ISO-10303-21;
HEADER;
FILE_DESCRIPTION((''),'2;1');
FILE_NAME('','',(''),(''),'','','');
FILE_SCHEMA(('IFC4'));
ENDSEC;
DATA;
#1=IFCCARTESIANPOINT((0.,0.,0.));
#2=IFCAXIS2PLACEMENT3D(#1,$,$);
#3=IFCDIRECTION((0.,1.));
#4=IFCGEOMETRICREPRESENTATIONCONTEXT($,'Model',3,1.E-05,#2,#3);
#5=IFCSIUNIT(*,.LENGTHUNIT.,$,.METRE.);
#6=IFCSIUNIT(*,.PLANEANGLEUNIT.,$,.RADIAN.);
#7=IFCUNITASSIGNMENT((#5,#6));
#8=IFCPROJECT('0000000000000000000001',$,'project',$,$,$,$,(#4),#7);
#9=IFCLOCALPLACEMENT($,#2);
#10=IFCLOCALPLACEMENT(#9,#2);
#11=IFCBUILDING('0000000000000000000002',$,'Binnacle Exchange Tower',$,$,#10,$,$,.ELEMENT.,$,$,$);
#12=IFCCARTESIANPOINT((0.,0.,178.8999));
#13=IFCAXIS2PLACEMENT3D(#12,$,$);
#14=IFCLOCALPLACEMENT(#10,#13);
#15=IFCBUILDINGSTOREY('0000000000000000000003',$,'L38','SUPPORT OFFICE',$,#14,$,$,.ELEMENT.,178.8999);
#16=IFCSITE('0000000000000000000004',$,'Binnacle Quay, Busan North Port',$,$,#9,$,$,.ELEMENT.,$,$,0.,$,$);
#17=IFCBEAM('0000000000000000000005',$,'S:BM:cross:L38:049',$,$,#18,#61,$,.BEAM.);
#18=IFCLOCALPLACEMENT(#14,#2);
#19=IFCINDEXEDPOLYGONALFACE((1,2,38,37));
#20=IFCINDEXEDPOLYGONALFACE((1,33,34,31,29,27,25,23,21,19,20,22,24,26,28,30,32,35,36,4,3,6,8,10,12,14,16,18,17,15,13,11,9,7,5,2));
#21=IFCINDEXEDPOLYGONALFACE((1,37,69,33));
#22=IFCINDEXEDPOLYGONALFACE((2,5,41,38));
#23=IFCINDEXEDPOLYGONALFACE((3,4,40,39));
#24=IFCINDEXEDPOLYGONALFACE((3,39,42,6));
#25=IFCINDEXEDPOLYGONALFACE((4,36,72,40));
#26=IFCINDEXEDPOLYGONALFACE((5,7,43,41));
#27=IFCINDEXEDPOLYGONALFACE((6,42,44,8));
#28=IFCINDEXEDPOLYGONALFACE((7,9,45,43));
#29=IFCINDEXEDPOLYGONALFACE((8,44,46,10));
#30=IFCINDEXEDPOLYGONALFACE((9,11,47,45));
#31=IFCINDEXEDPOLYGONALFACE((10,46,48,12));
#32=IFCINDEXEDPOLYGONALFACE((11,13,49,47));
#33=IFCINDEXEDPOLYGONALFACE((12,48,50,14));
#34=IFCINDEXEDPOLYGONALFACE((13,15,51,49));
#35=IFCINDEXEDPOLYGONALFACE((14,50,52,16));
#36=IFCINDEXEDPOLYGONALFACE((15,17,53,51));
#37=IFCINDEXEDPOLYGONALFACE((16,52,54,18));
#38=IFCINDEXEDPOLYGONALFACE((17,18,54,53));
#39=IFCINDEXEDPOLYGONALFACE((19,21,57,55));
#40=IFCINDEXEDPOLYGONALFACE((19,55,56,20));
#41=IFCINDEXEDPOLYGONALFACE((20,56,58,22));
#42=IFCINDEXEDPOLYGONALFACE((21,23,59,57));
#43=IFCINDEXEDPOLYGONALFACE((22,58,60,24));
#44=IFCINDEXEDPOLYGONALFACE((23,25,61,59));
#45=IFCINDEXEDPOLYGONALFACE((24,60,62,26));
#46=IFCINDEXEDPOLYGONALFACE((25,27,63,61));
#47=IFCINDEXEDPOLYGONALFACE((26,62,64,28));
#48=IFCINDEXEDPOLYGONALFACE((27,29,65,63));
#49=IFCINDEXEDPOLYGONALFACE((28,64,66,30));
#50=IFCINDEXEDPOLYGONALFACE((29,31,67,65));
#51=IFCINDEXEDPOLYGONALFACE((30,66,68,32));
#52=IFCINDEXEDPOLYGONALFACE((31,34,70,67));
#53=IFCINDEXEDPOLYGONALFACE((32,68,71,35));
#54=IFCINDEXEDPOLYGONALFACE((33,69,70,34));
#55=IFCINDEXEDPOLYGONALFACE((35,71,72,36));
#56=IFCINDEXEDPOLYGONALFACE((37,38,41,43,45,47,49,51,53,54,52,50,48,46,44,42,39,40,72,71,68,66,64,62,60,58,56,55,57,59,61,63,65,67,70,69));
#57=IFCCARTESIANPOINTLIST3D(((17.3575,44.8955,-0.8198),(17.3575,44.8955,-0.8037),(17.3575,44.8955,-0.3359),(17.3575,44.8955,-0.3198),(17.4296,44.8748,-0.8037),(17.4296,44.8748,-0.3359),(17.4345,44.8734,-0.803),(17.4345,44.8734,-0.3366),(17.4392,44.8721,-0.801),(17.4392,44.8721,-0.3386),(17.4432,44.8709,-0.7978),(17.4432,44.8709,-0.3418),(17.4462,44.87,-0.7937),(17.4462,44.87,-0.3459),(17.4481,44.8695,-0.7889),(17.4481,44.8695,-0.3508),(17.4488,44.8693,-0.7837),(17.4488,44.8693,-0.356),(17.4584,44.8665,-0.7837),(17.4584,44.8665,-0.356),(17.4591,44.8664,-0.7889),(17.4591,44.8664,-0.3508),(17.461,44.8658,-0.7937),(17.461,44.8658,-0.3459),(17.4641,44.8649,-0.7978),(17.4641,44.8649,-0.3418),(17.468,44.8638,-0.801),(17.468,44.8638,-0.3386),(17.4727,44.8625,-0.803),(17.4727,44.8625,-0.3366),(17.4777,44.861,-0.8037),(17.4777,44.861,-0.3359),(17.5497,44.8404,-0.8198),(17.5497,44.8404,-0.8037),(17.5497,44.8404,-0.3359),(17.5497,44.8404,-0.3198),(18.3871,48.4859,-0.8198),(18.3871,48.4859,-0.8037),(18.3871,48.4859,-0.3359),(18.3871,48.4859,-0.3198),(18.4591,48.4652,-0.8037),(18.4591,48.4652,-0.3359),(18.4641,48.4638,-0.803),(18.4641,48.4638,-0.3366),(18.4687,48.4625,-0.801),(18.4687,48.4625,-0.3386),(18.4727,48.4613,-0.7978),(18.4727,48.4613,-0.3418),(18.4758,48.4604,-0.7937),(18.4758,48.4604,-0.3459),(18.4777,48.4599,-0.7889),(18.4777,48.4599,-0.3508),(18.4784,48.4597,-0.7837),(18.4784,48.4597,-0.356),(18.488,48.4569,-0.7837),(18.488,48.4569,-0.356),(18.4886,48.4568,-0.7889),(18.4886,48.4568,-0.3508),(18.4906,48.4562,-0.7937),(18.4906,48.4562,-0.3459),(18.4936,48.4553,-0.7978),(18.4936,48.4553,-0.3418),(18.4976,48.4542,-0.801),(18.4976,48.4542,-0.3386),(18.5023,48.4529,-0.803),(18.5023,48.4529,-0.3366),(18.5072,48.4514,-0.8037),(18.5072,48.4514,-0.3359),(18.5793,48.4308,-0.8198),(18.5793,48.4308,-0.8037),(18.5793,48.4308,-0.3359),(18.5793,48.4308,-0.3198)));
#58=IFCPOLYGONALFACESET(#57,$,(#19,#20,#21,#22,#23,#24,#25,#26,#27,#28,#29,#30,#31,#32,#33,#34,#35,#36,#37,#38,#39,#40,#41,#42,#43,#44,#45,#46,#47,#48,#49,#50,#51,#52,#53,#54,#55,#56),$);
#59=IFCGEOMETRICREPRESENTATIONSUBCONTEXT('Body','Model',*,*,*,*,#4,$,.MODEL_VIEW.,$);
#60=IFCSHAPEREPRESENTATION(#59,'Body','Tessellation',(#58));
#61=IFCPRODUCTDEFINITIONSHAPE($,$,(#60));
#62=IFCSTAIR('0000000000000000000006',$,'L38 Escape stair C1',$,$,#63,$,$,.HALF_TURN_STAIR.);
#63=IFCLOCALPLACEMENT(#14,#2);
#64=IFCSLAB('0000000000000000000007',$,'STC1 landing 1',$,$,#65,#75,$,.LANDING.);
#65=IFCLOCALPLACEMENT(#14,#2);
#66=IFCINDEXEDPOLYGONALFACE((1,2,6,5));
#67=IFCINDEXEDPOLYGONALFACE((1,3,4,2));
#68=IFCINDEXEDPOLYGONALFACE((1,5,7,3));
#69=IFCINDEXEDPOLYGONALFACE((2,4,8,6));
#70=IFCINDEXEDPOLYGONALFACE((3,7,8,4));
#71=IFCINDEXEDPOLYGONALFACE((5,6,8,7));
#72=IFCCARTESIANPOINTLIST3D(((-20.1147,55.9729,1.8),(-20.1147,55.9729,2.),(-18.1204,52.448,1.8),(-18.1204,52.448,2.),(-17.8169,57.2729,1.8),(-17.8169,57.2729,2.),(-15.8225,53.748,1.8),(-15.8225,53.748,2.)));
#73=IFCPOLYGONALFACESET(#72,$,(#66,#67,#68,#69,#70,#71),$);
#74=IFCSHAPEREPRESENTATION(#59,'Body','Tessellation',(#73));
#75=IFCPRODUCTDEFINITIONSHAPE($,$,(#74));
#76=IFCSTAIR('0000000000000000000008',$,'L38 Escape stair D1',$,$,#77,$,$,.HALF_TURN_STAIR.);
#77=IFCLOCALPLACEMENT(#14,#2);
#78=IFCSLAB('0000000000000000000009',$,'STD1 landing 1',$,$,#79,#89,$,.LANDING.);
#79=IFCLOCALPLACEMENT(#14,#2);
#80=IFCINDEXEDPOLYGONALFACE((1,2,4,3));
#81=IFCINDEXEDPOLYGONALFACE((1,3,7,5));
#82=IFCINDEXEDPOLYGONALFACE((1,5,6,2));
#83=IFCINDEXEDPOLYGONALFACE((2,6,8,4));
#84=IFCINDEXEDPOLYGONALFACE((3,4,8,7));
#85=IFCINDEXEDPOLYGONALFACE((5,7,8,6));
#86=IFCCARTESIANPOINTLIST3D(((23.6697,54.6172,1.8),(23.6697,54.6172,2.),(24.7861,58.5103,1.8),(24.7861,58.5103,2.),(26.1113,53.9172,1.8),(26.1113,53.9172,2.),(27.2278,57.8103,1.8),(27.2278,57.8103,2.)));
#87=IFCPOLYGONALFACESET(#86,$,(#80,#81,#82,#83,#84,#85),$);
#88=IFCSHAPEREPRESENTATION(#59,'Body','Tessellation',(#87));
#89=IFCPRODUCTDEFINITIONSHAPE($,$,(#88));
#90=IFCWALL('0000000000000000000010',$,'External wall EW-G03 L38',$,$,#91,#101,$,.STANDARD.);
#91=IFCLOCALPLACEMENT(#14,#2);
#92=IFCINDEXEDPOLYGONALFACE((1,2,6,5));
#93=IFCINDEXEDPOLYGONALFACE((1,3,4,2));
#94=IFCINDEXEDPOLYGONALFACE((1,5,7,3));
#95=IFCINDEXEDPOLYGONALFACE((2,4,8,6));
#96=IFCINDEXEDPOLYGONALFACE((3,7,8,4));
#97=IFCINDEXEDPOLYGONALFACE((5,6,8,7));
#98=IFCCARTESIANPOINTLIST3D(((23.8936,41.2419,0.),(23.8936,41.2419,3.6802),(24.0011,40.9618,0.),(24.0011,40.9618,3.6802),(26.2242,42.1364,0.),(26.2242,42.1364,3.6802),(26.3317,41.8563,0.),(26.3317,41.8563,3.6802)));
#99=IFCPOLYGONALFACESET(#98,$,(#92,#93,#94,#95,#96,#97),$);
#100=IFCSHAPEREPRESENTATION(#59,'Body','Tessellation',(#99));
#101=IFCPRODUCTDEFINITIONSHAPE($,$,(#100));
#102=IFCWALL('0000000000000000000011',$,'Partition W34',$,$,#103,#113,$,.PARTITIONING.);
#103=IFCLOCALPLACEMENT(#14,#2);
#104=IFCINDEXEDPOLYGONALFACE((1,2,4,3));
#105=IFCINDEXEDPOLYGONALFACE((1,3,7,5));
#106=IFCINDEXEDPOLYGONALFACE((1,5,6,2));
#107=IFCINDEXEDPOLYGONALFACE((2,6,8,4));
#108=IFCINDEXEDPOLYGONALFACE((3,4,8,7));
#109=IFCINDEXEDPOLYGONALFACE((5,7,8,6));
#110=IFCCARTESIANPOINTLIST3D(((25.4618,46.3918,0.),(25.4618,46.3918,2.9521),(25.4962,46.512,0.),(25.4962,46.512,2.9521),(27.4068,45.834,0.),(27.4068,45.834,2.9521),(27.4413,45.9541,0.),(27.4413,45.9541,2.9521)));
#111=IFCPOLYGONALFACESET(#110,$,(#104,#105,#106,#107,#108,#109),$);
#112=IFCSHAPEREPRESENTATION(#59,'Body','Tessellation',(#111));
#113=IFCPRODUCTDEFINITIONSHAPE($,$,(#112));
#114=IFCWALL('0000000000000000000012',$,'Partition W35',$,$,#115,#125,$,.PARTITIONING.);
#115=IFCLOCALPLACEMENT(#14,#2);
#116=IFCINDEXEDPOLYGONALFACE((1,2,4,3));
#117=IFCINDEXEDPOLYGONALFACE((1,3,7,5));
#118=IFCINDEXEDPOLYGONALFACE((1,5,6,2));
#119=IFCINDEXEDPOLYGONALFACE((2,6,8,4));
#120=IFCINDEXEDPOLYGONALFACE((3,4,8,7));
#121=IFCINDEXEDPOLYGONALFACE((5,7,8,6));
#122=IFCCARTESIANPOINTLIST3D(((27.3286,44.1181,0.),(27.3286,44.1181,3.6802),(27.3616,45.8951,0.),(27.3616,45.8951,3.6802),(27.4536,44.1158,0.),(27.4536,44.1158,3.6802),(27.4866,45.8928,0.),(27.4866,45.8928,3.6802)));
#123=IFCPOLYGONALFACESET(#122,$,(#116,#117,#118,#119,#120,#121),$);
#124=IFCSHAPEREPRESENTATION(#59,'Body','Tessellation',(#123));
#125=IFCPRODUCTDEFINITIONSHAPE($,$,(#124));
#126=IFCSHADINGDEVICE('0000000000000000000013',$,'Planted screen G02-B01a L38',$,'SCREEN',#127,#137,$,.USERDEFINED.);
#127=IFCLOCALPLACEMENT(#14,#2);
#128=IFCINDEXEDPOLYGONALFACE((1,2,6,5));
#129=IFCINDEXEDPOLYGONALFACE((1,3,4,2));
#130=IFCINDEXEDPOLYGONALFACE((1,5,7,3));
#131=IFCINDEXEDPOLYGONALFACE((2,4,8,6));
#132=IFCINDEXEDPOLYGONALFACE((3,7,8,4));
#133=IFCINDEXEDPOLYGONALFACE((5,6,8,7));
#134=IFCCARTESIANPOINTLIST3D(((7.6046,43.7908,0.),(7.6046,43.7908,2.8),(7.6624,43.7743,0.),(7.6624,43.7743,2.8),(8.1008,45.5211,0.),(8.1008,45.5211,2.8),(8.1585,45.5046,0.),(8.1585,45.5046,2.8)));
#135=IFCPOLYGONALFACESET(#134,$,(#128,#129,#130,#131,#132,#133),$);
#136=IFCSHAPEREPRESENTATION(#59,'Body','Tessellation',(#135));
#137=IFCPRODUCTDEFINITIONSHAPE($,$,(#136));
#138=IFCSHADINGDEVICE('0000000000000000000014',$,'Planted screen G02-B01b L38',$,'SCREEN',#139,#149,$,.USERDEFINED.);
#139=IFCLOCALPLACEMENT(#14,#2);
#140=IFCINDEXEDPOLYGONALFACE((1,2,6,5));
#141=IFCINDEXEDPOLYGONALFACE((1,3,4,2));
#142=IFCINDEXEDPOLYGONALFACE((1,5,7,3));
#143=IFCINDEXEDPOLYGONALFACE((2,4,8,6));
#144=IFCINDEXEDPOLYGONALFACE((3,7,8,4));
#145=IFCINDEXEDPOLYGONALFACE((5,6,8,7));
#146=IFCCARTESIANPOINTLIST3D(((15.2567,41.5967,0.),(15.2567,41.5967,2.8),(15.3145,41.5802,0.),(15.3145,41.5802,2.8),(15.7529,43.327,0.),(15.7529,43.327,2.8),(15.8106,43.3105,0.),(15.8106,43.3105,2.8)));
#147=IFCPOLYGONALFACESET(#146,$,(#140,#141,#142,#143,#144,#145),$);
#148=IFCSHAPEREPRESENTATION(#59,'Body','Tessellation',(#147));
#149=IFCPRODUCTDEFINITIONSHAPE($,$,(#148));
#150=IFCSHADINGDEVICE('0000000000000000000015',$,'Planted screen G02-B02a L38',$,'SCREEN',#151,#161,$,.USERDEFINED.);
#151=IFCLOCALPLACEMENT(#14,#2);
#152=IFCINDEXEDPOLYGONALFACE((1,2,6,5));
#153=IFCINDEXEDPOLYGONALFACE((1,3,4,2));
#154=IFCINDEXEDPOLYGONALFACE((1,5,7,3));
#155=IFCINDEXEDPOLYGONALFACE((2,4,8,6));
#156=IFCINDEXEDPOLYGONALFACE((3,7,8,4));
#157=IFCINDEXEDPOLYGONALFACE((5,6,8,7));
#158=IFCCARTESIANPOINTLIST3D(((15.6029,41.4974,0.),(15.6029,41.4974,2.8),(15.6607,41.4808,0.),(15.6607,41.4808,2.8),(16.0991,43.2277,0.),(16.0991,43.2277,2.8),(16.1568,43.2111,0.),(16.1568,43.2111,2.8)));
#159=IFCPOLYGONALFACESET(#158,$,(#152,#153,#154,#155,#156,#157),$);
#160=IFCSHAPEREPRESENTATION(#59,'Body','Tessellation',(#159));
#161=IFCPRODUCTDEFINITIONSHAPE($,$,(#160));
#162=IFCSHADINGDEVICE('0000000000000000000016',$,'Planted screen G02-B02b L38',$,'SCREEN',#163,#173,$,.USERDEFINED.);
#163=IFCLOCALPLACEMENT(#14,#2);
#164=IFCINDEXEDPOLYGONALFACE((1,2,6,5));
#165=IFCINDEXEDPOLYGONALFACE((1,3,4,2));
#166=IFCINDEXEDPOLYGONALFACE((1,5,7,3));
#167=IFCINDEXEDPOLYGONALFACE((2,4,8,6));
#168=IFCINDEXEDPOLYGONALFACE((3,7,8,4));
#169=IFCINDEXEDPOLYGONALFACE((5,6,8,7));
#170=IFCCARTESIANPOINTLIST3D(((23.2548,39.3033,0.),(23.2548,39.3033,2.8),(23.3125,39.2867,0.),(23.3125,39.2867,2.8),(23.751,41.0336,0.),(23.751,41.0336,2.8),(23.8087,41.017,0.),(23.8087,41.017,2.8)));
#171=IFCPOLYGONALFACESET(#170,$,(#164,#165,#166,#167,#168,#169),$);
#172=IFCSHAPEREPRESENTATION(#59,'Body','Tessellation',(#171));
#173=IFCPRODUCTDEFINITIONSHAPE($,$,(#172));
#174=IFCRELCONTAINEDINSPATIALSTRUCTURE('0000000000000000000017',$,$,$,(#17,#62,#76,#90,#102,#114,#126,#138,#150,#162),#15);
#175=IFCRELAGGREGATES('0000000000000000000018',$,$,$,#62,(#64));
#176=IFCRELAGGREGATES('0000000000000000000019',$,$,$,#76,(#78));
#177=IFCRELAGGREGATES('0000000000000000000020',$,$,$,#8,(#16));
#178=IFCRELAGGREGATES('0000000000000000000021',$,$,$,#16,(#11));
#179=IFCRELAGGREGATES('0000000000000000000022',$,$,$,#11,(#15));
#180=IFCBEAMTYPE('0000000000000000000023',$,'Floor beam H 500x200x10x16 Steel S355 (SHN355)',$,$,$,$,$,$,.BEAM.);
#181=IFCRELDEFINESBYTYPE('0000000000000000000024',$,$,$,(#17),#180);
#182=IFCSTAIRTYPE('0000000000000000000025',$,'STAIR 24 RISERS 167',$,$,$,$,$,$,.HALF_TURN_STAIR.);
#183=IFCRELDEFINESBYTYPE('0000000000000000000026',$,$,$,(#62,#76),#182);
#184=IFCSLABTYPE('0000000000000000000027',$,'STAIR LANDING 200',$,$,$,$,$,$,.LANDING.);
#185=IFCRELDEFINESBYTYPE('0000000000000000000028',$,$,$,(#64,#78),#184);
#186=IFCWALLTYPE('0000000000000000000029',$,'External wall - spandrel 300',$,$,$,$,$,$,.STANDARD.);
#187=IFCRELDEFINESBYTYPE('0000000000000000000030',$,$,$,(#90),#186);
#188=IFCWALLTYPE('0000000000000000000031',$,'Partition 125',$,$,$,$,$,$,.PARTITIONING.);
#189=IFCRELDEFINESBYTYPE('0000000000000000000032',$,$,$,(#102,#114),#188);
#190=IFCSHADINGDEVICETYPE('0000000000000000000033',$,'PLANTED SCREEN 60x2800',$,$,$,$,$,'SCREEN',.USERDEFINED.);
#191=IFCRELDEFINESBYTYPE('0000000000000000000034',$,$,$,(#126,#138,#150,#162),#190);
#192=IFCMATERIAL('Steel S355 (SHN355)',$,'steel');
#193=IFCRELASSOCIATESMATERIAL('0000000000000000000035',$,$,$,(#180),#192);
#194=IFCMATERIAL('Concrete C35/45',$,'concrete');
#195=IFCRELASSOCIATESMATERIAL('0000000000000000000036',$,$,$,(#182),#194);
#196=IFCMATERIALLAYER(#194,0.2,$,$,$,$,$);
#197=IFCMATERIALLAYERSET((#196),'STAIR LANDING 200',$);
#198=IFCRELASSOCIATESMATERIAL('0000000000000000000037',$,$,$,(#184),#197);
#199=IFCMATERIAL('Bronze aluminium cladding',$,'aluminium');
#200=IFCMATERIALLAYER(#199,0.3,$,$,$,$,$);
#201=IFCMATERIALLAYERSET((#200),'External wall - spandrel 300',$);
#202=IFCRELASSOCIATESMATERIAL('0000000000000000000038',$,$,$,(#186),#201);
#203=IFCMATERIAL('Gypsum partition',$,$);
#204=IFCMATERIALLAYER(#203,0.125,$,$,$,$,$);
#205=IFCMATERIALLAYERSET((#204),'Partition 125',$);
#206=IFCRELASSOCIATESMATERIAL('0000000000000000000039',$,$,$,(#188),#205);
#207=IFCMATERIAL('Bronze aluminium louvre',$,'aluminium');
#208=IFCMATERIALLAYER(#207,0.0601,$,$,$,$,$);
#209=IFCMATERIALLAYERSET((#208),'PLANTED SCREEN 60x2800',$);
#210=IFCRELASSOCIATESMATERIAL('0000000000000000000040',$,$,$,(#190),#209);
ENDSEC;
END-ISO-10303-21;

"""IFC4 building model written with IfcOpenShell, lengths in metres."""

from ifc_helpers import new_model, si_unit, direction, frame, frame_2d, origin, origin_2d, place, context, subcontext, project, spatial, polyline, rectangle, i_section, outline, extrude, material, layer, layer_set, material_profile, profile_set, type_object, element, aggregate, save


model = new_model("IFC4")

# Units and contexts
model_context = context("Model", 3, precision=1e-05, world=origin(), true_north=direction((0.0, 1.0)))
body_context = subcontext(model_context, "Body", "Model", "MODEL_VIEW")
ifc_project = project(units=[si_unit("LENGTHUNIT", "METRE"), si_unit("PLANEANGLEUNIT", "RADIAN")], contexts=[model_context])

# Site, building, storey
site_placement = place(None, origin())
site = spatial("IfcSite", under=ifc_project, at=site_placement, Name="Binnacle Quay, Busan North Port", CompositionType="ELEMENT", RefElevation=0.0)
building_placement = place(site_placement, origin())
building = spatial("IfcBuilding", under=site, at=building_placement, Name="Binnacle Exchange Tower", CompositionType="ELEMENT")
storey_placement = place(building_placement, frame((0.0, 0.0, 178.8999)))
storey = spatial("IfcBuildingStorey", under=building, at=storey_placement, Name="L38", Description="SUPPORT OFFICE", CompositionType="ELEMENT", Elevation=178.8999)

# Beam
ifc_material_1 = material(Name="Steel S355 (SHN355)", Category="steel")
ifc_material_profile_1 = material_profile(ifc_material_1, i_section(OverallWidth=0.2, OverallDepth=0.5, WebThickness=0.01, FlangeThickness=0.0161, FilletRadius=0.02, at=origin_2d()), Name="H 500x200x10x16")
ifc_profile_set_1 = profile_set([ifc_material_profile_1], Name="Steel S355 (SHN355)")
beam_type_1 = type_object("IfcBeamType", Name="Floor beam H 500x200x10x16 Steel S355 (SHN355)", PredefinedType="BEAM", material=ifc_profile_set_1)
beam_1_placement = place(storey_placement, frame((17.4536, 44.8679, -0.5698), z_axis=(0.275645, 0.96126, 0.0), x_axis=(-0.96126, 0.275645, 0.0)))
element("IfcBeam", 1, at=beam_1_placement, inside=storey, type_object=beam_type_1, Name="S:BM:cross:L38:049", PredefinedType="BEAM", context=body_context, shape_type="SweptSolid", body=[
    extrude(i_section(OverallWidth=0.2, OverallDepth=0.5, WebThickness=0.01, FlangeThickness=0.0161, FilletRadius=0.02, at=origin_2d()), origin(), (0.0, 0.0, 1.0), 3.7351),
])

# Stairs, slabs
ifc_material_2 = material(Name="Concrete C35/45", Category="concrete")
stair_type = type_object("IfcStairType", Name="STAIR 24 RISERS 167", PredefinedType="HALF_TURN_STAIR", material=ifc_material_2)
stair_1_placement = place(storey_placement, origin())
stair_1 = element("IfcStair", 2, at=stair_1_placement, inside=storey, type_object=stair_type, Name="L38 Escape stair C1", PredefinedType="HALF_TURN_STAIR")
ifc_layer_1 = layer(ifc_material_2, 0.2)
ifc_layer_set_1 = layer_set([ifc_layer_1], Name="STAIR LANDING 200")
slab_type = type_object("IfcSlabType", Name="STAIR LANDING 200", PredefinedType="LANDING", material=ifc_layer_set_1)
slab_1_placement = place(storey_placement, frame((0.0, 0.0, 1.8)))
slab_1 = element("IfcSlab", 3, at=slab_1_placement, type_object=slab_type, Name="STC1 landing 1", PredefinedType="LANDING", context=body_context, shape_type="SweptSolid", body=[
    extrude(outline(polyline([(-18.1204, 52.448), (-15.8225, 53.748), (-17.8169, 57.2729), (-20.1147, 55.9729), (-18.1204, 52.448)])), origin(), (0.0, 0.0, 1.0), 0.2),
])
aggregate(stair_1, [slab_1])
stair_2_placement = place(storey_placement, origin())
stair_2 = element("IfcStair", 4, at=stair_2_placement, inside=storey, type_object=stair_type, Name="L38 Escape stair D1", PredefinedType="HALF_TURN_STAIR")
slab_2_placement = place(storey_placement, frame((0.0, 0.0, 1.8)))
slab_2 = element("IfcSlab", 5, at=slab_2_placement, type_object=slab_type, Name="STD1 landing 1", PredefinedType="LANDING", context=body_context, shape_type="SweptSolid", body=[
    extrude(outline(polyline([(23.6697, 54.6172), (26.1113, 53.9172), (27.2278, 57.8103), (24.7861, 58.5103), (23.6697, 54.6172)])), origin(), (0.0, 0.0, 1.0), 0.2),
])
aggregate(stair_2, [slab_2])

# Shared definitions
ifc_material_3 = material(Name="Bronze aluminium cladding", Category="aluminium")
ifc_layer_2 = layer(ifc_material_3, 0.3)
ifc_layer_set_2 = layer_set([ifc_layer_2], Name="External wall - spandrel 300")
wall_type_1 = type_object("IfcWallType", Name="External wall - spandrel 300", PredefinedType="STANDARD", material=ifc_layer_set_2)

# Walls
wall_1_placement = place(storey_placement, frame((26.2778, 41.9963, 0.0), z_axis=(0.0, 0.0, 1.0), x_axis=(-0.933592, -0.358337, 0.0)))
element("IfcWall", 6, at=wall_1_placement, inside=storey, type_object=wall_type_1, Name="External wall EW-G03 L38", PredefinedType="STANDARD", context=body_context, shape_type="SweptSolid", body=[
    extrude(rectangle(XDim=2.4963, YDim=0.3, at=frame_2d((1.248, 0.0))), origin(), (0.0, 0.0, 1.0), 3.6802),
])
ifc_material_4 = material(Name="Gypsum partition")
ifc_layer_3 = layer(ifc_material_4, 0.125)
ifc_layer_set_3 = layer_set([ifc_layer_3], Name="Partition 125")
wall_type_2 = type_object("IfcWallType", Name="Partition 125", PredefinedType="PARTITIONING", material=ifc_layer_set_3)
wall_2_placement = place(storey_placement, frame((25.479, 46.4519, 0.0), z_axis=(0.0, 0.0, 1.0), x_axis=(0.961246, -0.275693, 0.0)))
element("IfcWall", 7, at=wall_2_placement, inside=storey, type_object=wall_type_2, Name="Partition W34", PredefinedType="PARTITIONING", context=body_context, shape_type="SweptSolid", body=[
    extrude(rectangle(XDim=2.0234, YDim=0.125, at=frame_2d((1.0117, 0.0))), origin(), (0.0, 0.0, 1.0), 2.9521),
])
wall_3_placement = place(storey_placement, frame((27.3911, 44.1169, 0.0), z_axis=(0.0, 0.0, 1.0), x_axis=(0.018543, 0.999828, 0.0)))
element("IfcWall", 8, at=wall_3_placement, inside=storey, type_object=wall_type_2, Name="Partition W35", PredefinedType="PARTITIONING", context=body_context, shape_type="SweptSolid", body=[
    extrude(rectangle(XDim=1.7773, YDim=0.125, at=frame_2d((0.8887, 0.0))), origin(), (0.0, 0.0, 1.0), 3.6802),
])

# Shading devices
ifc_material_5 = material(Name="Bronze aluminium louvre", Category="aluminium")
ifc_layer_4 = layer(ifc_material_5, 0.0601)
ifc_layer_set_4 = layer_set([ifc_layer_4], Name="PLANTED SCREEN 60x2800")
shading_device_type = type_object("IfcShadingDeviceType", Name="PLANTED SCREEN 60x2800", ElementType="SCREEN", PredefinedType="USERDEFINED", material=ifc_layer_set_4)
for number, where, z_axis, x_axis, name in (
    (9, (7.8816, 44.6477, 0.0), (0.0, 0.0, 1.0), (0.961262, -0.275637, 0.0), "Planted screen G02-B01a L38"),
    (10, (15.5337, 42.4536, 0.0), (0.0, 0.0, 1.0), (0.961262, -0.275637, 0.0), "Planted screen G02-B01b L38"),
    (11, (15.8799, 42.3542, 0.0), (0.0, 0.0, 1.0), (0.961262, -0.275637, 0.0), "Planted screen G02-B02a L38"),
    (12, (23.5317, 40.1602, 0.0), (0.0, 0.0, 1.0), (0.961262, -0.275637, 0.0), "Planted screen G02-B02b L38"),
):
    element("IfcShadingDevice", number, at=place(storey_placement, frame(where, z_axis=z_axis, x_axis=x_axis)), inside=storey, type_object=shading_device_type, Name=name, ObjectType="SCREEN", PredefinedType="USERDEFINED", context=body_context, shape_type="SweptSolid", body=[
        extrude(rectangle(XDim=0.0601, YDim=1.8, at=origin_2d()), origin(), (0.0, 0.0, 1.0), 2.8),
    ])

save(model, "model.ifc")
